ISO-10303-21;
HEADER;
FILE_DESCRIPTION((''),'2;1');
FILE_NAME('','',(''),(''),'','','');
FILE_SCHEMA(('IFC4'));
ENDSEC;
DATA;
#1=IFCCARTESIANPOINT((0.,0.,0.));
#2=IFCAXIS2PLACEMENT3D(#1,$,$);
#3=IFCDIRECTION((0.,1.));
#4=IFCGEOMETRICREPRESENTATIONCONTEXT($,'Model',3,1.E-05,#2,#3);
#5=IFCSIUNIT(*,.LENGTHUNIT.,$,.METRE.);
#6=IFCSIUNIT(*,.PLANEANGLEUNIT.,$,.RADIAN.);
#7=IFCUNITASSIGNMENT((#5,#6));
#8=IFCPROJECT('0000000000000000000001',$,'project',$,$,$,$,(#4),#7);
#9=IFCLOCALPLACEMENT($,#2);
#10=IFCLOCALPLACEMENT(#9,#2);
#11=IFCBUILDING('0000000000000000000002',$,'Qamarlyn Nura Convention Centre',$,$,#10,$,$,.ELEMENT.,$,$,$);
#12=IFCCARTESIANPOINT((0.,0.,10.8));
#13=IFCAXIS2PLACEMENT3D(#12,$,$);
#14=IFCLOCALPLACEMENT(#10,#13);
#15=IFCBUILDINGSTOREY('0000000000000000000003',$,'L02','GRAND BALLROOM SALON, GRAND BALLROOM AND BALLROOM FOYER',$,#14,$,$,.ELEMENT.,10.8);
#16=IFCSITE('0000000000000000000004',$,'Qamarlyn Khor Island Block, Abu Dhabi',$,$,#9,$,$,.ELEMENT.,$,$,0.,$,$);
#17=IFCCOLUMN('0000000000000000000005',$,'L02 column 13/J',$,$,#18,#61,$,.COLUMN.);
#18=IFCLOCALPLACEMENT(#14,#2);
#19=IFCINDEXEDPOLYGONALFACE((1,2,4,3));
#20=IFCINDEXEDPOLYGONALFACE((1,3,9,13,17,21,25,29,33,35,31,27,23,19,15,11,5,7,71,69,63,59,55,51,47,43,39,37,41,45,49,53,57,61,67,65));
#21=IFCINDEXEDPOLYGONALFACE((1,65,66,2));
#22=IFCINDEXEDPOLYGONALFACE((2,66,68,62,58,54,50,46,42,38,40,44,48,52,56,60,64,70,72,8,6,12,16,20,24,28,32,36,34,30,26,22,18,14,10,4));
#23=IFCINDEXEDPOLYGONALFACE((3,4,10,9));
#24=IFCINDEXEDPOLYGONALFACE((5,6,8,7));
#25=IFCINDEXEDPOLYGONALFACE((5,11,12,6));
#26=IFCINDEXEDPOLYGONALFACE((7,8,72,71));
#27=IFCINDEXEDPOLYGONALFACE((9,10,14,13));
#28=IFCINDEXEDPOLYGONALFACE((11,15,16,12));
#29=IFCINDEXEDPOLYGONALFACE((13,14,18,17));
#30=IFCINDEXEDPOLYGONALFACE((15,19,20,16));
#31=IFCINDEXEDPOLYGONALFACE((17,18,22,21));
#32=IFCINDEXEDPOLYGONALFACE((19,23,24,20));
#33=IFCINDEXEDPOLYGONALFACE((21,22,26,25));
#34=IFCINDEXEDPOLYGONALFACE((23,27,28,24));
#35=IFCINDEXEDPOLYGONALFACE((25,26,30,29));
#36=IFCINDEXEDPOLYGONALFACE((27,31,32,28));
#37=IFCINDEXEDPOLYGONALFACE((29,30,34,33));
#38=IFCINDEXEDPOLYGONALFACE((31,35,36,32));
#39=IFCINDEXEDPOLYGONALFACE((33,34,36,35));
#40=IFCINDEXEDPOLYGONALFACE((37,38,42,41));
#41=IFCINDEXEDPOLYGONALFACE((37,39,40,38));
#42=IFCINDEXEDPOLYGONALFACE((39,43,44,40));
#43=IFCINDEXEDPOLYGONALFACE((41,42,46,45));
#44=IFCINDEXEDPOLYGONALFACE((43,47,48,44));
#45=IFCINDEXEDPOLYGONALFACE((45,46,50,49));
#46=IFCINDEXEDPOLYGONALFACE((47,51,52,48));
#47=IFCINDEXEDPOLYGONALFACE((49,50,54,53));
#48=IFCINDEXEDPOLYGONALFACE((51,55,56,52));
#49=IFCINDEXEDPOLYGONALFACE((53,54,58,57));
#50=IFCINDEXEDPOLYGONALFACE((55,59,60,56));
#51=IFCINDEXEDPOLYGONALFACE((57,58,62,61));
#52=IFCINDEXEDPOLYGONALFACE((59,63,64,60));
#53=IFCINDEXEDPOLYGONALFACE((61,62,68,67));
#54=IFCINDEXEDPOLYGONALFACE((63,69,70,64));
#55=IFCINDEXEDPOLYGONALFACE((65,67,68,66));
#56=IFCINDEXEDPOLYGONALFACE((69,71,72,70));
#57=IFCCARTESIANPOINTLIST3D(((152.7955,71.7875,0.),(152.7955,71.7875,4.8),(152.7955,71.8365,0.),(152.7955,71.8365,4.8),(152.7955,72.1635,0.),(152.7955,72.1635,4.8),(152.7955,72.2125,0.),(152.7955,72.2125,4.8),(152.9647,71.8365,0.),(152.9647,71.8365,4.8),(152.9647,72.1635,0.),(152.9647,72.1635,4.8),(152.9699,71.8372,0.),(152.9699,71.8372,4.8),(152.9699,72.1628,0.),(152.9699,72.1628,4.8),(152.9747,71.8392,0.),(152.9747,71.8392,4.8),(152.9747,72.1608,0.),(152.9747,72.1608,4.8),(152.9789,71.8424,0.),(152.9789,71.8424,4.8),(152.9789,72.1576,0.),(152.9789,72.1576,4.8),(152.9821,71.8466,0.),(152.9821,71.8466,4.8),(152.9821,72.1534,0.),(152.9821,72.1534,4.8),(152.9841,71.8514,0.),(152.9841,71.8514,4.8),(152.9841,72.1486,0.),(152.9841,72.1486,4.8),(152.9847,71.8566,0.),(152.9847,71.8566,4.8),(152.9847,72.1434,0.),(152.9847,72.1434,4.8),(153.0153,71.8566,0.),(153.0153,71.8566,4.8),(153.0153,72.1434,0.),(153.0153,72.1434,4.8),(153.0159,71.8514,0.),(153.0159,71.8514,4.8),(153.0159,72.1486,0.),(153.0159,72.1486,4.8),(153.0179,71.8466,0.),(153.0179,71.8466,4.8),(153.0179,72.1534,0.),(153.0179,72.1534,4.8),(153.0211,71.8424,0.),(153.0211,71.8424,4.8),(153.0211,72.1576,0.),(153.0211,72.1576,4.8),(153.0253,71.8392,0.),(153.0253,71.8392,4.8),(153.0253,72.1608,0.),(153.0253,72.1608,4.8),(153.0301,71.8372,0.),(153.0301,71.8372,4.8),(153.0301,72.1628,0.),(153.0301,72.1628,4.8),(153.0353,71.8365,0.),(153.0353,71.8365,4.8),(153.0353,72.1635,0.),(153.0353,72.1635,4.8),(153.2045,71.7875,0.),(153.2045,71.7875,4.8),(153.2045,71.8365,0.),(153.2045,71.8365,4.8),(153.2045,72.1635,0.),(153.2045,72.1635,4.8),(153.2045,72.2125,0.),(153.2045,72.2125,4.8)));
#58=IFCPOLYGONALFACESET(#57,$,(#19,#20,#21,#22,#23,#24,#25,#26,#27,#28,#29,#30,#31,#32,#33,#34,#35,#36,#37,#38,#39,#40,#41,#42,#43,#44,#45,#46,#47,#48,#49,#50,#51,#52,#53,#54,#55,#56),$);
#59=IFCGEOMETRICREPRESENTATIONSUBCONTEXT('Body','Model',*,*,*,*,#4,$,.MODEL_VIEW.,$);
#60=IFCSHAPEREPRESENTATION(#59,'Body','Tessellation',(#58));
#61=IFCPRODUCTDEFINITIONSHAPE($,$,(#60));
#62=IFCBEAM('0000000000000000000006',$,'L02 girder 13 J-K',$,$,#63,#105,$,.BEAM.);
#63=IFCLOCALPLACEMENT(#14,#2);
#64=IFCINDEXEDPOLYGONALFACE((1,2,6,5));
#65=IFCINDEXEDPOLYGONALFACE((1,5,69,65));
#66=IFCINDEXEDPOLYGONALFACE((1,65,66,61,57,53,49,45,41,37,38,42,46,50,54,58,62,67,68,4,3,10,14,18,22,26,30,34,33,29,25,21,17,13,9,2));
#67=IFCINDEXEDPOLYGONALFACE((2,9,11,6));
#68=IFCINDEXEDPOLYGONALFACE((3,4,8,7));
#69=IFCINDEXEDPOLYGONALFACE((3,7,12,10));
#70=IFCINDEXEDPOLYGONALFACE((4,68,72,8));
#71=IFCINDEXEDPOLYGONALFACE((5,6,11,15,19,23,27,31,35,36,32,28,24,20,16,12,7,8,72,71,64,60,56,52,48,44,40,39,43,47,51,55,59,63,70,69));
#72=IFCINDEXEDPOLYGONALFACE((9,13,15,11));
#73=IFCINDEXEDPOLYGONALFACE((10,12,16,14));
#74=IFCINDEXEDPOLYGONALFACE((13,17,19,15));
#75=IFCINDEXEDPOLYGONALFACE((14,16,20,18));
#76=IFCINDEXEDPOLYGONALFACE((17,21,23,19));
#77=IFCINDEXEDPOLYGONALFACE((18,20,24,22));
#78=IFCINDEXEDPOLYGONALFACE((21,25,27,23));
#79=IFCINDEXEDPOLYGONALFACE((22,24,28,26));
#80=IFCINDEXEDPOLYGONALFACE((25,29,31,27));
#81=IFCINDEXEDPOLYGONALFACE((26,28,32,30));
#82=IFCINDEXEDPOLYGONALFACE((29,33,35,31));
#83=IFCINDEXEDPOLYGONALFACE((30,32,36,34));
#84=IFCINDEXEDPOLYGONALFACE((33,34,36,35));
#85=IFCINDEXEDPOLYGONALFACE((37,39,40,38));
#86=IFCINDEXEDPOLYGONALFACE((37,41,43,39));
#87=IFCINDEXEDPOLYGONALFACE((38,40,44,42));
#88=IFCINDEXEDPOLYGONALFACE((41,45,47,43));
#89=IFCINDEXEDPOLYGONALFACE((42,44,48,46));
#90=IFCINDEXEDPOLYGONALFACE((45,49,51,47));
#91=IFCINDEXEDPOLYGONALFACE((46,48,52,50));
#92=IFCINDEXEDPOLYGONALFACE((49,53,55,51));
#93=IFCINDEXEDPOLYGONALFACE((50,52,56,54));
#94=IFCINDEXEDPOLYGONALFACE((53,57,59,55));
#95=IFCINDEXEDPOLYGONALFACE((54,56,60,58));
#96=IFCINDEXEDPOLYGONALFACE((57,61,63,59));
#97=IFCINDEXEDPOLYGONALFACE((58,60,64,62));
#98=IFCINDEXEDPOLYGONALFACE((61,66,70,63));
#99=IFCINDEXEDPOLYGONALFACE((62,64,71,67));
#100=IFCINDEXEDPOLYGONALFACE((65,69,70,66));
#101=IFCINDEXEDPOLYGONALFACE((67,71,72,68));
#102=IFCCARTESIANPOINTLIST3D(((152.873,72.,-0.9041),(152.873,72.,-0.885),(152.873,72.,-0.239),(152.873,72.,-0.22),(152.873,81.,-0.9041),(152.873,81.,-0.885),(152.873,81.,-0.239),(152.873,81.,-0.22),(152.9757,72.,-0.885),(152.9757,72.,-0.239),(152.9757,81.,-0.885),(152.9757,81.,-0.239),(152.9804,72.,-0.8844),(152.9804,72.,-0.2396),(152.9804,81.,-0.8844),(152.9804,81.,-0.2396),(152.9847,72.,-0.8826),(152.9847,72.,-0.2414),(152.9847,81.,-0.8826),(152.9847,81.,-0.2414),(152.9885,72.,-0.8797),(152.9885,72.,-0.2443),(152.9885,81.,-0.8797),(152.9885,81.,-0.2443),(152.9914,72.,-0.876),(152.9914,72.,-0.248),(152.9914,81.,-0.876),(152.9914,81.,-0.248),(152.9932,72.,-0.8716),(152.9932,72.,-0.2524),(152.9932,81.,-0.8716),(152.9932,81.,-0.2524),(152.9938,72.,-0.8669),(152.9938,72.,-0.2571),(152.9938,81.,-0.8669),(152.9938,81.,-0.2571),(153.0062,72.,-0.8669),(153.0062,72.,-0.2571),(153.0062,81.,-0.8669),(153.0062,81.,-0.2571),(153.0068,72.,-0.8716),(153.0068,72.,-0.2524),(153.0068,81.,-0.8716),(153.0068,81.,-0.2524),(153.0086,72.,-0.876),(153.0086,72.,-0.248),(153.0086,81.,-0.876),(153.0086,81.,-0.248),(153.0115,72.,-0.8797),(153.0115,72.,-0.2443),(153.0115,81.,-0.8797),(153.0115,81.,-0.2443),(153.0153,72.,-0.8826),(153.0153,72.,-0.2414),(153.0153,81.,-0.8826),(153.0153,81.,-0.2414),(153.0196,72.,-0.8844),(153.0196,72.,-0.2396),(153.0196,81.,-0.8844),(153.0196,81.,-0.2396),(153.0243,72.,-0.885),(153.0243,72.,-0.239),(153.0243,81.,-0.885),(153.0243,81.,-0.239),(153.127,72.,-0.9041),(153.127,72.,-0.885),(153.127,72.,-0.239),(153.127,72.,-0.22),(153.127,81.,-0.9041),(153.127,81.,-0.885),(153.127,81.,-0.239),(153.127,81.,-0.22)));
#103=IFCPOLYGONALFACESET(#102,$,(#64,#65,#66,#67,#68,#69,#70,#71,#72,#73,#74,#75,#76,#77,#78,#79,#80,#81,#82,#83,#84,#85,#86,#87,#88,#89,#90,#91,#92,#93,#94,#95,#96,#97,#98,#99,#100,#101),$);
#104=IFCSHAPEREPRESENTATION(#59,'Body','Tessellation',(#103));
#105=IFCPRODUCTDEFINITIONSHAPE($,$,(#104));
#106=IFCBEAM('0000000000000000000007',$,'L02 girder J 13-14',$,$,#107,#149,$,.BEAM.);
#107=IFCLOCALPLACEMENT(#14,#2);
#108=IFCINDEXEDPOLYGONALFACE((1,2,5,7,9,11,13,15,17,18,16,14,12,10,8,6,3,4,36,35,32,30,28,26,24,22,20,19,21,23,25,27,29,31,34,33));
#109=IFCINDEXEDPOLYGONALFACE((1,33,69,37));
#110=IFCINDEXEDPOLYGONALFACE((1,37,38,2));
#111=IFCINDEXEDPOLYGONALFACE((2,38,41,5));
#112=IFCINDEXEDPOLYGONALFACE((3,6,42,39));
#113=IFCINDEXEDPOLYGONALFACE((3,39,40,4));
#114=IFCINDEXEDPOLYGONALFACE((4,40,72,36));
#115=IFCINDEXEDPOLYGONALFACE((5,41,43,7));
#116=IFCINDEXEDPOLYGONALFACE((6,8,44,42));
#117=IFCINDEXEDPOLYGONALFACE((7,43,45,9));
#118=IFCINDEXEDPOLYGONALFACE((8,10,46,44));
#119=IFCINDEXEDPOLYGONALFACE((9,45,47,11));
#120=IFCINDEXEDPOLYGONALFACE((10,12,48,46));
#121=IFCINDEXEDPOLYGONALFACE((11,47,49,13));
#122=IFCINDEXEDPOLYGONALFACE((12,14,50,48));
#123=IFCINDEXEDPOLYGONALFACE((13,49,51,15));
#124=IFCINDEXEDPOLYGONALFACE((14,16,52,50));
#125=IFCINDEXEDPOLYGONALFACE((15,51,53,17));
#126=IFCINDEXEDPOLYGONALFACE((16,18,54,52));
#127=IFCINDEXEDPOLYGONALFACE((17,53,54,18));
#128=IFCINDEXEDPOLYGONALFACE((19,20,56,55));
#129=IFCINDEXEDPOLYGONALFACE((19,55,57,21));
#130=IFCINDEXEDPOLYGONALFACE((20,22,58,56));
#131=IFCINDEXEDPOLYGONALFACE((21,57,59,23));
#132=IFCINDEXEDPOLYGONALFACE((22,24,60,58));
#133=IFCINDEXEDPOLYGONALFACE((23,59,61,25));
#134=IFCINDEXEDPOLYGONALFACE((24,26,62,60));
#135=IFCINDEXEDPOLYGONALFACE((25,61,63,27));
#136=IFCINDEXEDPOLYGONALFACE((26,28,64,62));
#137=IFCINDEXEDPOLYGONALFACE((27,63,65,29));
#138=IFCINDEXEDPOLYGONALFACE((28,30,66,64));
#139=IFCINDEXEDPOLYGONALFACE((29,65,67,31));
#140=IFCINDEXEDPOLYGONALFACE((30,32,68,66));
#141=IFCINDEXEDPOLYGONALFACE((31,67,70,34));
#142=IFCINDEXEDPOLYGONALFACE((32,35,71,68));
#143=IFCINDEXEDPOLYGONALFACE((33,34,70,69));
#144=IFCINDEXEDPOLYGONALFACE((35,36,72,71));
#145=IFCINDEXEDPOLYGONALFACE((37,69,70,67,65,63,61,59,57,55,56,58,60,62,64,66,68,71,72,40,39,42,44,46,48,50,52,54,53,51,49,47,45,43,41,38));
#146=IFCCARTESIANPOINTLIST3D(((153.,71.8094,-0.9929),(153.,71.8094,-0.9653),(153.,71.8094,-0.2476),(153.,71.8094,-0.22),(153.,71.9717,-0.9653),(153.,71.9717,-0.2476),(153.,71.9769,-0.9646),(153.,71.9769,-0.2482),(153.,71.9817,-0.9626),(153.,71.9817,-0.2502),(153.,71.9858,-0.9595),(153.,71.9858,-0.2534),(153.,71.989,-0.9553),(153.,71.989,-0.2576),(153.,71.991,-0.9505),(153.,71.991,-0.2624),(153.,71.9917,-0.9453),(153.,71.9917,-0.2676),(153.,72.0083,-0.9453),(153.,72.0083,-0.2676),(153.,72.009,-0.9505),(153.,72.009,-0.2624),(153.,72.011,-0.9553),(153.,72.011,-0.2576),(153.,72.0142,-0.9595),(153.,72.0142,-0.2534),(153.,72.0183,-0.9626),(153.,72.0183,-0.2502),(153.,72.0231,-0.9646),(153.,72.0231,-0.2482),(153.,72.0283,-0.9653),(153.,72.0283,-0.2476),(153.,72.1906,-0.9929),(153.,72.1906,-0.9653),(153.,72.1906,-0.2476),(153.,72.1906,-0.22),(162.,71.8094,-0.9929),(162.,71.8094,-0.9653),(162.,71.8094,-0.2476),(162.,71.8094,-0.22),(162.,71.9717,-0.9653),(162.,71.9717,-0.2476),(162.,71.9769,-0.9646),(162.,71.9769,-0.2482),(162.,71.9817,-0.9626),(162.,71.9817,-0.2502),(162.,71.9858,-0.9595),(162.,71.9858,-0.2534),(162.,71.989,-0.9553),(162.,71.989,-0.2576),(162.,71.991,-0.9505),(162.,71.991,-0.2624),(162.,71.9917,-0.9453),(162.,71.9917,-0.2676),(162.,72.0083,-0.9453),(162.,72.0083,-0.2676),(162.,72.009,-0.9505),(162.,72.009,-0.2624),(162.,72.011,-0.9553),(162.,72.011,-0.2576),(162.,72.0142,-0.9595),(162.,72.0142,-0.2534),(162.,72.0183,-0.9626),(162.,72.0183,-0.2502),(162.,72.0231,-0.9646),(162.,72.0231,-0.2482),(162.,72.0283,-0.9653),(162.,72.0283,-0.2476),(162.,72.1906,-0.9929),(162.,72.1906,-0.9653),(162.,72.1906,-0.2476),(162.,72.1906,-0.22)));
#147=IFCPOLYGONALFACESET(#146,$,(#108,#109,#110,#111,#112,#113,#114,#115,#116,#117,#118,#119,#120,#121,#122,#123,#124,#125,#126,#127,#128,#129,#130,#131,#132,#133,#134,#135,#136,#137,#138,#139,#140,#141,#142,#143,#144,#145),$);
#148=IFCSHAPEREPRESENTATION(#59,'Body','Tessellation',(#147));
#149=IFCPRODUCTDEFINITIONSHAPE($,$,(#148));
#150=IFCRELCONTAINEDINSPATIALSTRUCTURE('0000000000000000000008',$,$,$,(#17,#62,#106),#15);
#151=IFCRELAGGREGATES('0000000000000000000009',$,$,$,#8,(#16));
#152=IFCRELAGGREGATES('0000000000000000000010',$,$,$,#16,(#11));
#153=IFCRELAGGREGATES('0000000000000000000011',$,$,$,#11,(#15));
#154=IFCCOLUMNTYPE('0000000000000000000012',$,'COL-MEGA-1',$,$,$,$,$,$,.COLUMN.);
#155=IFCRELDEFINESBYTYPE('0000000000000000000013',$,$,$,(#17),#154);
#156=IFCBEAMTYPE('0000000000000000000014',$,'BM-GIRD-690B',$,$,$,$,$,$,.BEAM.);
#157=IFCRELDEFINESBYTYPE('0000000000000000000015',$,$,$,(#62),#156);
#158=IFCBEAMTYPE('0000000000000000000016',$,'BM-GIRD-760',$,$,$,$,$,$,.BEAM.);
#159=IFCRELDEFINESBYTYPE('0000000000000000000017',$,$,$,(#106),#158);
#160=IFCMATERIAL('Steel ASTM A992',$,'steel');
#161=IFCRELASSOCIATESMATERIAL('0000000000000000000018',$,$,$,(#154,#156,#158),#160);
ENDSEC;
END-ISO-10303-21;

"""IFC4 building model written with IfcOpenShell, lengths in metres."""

from ifc_helpers import new_model, si_unit, direction, frame, origin, origin_2d, place, context, subcontext, project, spatial, i_section, extrude, material, material_profile, profile_set, type_object, element, save


model = new_model("IFC4")

# Units and contexts
model_context = context("Model", 3, precision=1e-05, world=origin(), true_north=direction((0.0, 1.0)))
body_context = subcontext(model_context, "Body", "Model", "MODEL_VIEW")
ifc_project = project(units=[si_unit("LENGTHUNIT", "METRE"), si_unit("PLANEANGLEUNIT", "RADIAN")], contexts=[model_context])

# Site, building, storey
site_placement = place(None, origin())
site = spatial("IfcSite", under=ifc_project, at=site_placement, Name="Qamarlyn Khor Island Block, Abu Dhabi", CompositionType="ELEMENT", RefElevation=0.0)
building_placement = place(site_placement, origin())
building = spatial("IfcBuilding", under=site, at=building_placement, Name="Qamarlyn Nura Convention Centre", CompositionType="ELEMENT")
storey_placement = place(building_placement, frame((0.0, 0.0, 10.8)))
storey = spatial("IfcBuildingStorey", under=building, at=storey_placement, Name="L02", Description="GRAND BALLROOM SALON, GRAND BALLROOM AND BALLROOM FOYER", CompositionType="ELEMENT", Elevation=10.8)

# Column
ifc_material_1 = material(Name="Steel ASTM A992", Category="steel")
ifc_material_profile_1 = material_profile(ifc_material_1, i_section(OverallWidth=0.4089, OverallDepth=0.425, WebThickness=0.0305, FlangeThickness=0.0491, FilletRadius=0.02, at=origin_2d()), Name="W360X421")
ifc_profile_set_1 = profile_set([ifc_material_profile_1], Name="Steel ASTM A992")
column_type = type_object("IfcColumnType", Name="COL-MEGA-1", PredefinedType="COLUMN", material=ifc_profile_set_1)
column_placement = place(storey_placement, frame((153.0, 72.0, 0.0), z_axis=(0.0, 0.0, 1.0), x_axis=(1.0, 0.0, 0.0)))
element("IfcColumn", 1, at=column_placement, inside=storey, type_object=column_type, Name="L02 column 13/J", PredefinedType="COLUMN", context=body_context, shape_type="SweptSolid", body=[
    extrude(i_section(OverallWidth=0.4089, OverallDepth=0.425, WebThickness=0.0305, FlangeThickness=0.0491, FilletRadius=0.02, at=origin_2d()), origin(), (0.0, 0.0, 1.0), 4.8),
])

# Beams
ifc_material_profile_2 = material_profile(ifc_material_1, i_section(OverallWidth=0.2539, OverallDepth=0.6841, WebThickness=0.0125, FlangeThickness=0.019, FilletRadius=0.0181, at=origin_2d()), Name="W690X140")
ifc_profile_set_2 = profile_set([ifc_material_profile_2], Name="Steel ASTM A992")
beam_type_1 = type_object("IfcBeamType", Name="BM-GIRD-690B", PredefinedType="BEAM", material=ifc_profile_set_2)
beam_1_placement = place(storey_placement, frame((153.0, 72.0, -0.562), z_axis=(0.0, 1.0, 0.0), x_axis=(-1.0, 0.0, 0.0)))
element("IfcBeam", 2, at=beam_1_placement, inside=storey, type_object=beam_type_1, Name="L02 girder 13 J-K", PredefinedType="BEAM", context=body_context, shape_type="SweptSolid", body=[
    extrude(i_section(OverallWidth=0.2539, OverallDepth=0.6841, WebThickness=0.0125, FlangeThickness=0.019, FilletRadius=0.0181, at=origin_2d()), origin(), (0.0, 0.0, 1.0), 9.0),
])
ifc_material_profile_3 = material_profile(ifc_material_1, i_section(OverallWidth=0.3811, OverallDepth=0.7729, WebThickness=0.0166, FlangeThickness=0.0276, FilletRadius=0.02, at=origin_2d()), Name="W760X257")
ifc_profile_set_3 = profile_set([ifc_material_profile_3], Name="Steel ASTM A992")
beam_type_2 = type_object("IfcBeamType", Name="BM-GIRD-760", PredefinedType="BEAM", material=ifc_profile_set_3)
beam_2_placement = place(storey_placement, frame((153.0, 72.0, -0.6064), z_axis=(1.0, 0.0, 0.0), x_axis=(0.0, 1.0, 0.0)))
element("IfcBeam", 3, at=beam_2_placement, inside=storey, type_object=beam_type_2, Name="L02 girder J 13-14", PredefinedType="BEAM", context=body_context, shape_type="SweptSolid", body=[
    extrude(i_section(OverallWidth=0.3811, OverallDepth=0.7729, WebThickness=0.0166, FlangeThickness=0.0276, FilletRadius=0.02, at=origin_2d()), origin(), (0.0, 0.0, 1.0), 9.0),
])

save(model, "model.ifc")
